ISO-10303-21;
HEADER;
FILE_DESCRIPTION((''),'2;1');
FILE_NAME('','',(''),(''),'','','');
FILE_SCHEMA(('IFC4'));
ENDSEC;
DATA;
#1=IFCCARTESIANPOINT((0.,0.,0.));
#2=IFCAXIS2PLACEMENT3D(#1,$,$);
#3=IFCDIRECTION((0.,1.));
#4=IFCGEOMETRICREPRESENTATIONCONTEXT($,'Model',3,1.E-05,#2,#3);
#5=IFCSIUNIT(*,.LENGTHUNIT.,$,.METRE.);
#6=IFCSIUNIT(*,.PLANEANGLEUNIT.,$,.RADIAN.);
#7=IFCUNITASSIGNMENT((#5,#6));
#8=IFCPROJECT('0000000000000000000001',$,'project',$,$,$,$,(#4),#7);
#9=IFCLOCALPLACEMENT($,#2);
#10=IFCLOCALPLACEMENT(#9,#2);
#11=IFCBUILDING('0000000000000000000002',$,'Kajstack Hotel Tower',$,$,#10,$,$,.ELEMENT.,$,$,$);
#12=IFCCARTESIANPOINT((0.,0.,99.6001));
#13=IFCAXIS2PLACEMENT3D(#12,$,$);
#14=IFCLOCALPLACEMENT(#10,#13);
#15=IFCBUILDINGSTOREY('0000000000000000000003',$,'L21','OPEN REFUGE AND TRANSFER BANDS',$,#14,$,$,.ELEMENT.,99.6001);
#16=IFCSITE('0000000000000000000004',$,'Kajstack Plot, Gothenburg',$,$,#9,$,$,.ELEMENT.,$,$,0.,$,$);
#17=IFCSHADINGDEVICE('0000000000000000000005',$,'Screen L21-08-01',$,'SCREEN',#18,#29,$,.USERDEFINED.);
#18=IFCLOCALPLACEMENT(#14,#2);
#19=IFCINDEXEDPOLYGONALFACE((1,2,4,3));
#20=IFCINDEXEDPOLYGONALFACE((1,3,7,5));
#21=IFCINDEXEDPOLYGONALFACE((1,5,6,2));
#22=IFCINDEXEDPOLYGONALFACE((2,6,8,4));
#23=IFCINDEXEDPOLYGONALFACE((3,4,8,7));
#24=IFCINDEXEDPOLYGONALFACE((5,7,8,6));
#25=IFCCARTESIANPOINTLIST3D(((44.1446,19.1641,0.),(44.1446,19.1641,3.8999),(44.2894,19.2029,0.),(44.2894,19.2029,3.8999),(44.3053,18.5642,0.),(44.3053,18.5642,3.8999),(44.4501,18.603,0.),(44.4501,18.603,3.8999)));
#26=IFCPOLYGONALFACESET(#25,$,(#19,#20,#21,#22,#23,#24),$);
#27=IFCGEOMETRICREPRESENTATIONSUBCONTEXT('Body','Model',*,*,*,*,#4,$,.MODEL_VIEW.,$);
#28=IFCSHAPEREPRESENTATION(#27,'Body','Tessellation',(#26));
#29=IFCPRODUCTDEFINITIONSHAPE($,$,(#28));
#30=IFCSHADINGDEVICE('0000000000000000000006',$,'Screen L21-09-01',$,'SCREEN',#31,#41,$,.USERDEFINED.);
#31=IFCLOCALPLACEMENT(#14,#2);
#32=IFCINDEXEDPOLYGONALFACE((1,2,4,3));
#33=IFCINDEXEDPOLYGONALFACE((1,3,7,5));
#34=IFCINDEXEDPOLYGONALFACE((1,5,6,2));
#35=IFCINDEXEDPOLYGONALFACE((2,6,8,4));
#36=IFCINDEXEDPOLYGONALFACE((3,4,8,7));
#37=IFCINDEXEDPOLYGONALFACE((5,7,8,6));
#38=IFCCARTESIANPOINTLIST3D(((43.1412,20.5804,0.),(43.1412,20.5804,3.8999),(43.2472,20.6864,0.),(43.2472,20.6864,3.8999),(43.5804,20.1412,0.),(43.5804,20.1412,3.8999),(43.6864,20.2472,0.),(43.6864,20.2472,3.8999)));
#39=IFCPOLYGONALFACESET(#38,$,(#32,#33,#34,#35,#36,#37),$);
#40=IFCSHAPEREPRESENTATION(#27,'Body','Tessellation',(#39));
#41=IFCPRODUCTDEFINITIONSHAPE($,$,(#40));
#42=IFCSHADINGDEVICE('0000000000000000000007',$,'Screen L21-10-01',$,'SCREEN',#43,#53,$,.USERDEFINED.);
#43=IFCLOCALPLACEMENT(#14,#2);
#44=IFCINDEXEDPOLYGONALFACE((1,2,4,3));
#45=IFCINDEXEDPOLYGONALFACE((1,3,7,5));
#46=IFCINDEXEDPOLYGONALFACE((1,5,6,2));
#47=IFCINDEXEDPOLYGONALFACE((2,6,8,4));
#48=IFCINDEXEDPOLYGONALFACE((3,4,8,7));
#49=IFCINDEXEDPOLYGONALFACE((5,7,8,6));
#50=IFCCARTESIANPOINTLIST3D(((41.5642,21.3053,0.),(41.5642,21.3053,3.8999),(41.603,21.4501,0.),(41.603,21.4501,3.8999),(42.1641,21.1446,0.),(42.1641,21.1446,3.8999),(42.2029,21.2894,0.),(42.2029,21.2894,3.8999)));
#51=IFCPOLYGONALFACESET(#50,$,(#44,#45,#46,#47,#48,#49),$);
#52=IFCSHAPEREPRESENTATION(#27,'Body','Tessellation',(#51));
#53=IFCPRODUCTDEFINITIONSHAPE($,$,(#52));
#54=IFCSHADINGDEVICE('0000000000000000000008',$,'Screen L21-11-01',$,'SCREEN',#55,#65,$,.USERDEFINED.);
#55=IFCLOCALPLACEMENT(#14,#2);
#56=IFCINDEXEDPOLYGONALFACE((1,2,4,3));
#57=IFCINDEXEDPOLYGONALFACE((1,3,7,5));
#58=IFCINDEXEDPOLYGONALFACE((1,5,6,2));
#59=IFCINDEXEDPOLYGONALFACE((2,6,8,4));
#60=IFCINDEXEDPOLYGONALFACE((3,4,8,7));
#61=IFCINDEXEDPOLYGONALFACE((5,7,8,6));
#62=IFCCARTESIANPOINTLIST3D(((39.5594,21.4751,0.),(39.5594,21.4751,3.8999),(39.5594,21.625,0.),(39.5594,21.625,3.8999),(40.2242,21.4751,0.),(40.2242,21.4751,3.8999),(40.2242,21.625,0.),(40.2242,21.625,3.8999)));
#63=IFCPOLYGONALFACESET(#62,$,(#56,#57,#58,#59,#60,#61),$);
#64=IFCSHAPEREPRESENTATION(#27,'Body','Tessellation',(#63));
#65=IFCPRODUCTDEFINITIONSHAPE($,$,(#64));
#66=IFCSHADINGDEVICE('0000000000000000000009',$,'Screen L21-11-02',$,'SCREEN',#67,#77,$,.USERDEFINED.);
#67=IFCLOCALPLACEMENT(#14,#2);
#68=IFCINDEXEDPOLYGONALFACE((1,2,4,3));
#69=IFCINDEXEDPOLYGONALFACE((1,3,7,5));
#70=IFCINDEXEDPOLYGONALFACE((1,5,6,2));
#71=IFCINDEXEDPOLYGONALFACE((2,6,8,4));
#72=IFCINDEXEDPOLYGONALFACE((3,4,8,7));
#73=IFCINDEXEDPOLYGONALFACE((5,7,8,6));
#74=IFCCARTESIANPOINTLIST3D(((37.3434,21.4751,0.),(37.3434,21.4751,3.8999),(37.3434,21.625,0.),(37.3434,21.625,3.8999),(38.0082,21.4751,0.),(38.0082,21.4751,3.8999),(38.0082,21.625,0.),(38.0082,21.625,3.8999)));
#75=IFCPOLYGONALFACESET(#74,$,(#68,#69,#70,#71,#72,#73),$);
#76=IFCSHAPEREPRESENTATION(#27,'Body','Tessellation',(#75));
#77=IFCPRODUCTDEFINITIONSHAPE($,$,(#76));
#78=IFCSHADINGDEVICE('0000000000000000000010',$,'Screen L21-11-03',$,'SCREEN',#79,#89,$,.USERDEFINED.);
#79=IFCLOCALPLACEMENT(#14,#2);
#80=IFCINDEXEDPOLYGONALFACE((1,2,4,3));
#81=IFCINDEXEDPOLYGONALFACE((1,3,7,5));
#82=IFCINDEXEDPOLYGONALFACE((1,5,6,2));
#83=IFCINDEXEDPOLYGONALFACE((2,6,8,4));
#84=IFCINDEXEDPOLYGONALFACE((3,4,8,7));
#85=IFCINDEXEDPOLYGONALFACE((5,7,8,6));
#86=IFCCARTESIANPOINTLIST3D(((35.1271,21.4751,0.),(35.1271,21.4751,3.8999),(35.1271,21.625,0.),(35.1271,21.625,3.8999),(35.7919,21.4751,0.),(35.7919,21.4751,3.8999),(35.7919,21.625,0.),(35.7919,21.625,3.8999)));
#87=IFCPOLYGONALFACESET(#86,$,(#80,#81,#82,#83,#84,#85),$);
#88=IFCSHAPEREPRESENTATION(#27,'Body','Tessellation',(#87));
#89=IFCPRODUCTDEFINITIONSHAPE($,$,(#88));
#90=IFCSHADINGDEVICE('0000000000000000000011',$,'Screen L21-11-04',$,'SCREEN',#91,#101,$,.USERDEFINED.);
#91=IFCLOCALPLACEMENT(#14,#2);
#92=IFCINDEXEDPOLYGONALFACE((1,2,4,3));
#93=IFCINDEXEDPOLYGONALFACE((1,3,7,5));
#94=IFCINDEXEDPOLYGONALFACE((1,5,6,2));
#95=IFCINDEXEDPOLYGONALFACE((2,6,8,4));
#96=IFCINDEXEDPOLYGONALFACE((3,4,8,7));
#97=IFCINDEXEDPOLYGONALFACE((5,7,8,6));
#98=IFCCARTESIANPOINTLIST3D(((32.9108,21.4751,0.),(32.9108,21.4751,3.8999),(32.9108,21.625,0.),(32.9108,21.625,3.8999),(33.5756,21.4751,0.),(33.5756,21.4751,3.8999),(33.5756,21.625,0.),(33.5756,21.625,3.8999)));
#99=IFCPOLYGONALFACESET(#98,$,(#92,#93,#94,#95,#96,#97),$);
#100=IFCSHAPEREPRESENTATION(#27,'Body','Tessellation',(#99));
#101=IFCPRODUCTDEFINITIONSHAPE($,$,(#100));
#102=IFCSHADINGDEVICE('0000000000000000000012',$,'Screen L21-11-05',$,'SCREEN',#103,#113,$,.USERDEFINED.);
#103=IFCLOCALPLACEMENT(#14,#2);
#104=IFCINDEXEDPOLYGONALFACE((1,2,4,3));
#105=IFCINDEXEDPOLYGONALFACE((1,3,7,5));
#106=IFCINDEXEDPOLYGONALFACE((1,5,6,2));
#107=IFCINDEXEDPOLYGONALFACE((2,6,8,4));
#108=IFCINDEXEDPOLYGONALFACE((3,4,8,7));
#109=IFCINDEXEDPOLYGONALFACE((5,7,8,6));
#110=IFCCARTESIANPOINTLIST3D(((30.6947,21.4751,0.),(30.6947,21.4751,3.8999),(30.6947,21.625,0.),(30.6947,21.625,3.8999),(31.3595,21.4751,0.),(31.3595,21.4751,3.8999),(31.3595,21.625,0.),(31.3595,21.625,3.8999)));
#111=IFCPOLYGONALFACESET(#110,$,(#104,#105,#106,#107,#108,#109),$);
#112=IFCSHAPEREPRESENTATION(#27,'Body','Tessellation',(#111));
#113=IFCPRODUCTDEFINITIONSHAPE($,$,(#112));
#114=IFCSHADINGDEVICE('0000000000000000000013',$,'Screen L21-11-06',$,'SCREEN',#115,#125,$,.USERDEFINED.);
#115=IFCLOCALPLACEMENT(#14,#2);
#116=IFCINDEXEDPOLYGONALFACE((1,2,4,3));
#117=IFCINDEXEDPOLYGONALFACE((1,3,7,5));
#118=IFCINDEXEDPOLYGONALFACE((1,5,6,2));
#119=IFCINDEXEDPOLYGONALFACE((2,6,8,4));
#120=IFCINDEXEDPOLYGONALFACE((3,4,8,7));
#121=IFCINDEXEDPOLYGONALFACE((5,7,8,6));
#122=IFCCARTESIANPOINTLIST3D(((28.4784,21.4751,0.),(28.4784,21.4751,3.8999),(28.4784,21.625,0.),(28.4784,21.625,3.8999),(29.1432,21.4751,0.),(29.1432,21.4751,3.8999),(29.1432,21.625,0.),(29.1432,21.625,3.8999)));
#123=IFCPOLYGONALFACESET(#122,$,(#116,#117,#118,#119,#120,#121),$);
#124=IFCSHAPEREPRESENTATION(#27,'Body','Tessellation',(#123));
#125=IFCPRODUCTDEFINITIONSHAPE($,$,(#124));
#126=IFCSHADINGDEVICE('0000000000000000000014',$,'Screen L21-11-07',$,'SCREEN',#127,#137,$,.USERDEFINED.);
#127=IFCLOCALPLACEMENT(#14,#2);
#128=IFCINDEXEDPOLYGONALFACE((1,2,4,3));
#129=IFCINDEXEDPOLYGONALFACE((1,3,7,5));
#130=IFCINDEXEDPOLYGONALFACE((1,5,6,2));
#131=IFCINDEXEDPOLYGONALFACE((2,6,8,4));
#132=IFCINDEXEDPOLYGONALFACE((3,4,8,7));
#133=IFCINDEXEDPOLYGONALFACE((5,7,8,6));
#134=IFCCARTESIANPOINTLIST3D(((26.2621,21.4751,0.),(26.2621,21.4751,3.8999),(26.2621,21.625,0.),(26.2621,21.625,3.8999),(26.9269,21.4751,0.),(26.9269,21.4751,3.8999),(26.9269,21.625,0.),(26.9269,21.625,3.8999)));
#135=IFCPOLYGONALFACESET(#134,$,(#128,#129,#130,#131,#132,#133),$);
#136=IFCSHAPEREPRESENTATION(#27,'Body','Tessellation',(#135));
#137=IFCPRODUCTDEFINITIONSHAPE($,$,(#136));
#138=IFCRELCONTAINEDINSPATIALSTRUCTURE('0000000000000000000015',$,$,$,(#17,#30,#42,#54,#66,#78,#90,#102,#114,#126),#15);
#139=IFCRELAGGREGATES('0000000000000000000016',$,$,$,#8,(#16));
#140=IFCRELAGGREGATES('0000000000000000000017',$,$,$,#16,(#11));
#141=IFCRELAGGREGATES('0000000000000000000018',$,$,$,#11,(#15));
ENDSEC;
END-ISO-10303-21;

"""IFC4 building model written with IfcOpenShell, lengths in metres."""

from ifc_helpers import new_model, si_unit, direction, frame, origin, origin_2d, place, context, subcontext, project, spatial, rectangle, extrude, element, save


model = new_model("IFC4")

# Units and contexts
model_context = context("Model", 3, precision=1e-05, world=origin(), true_north=direction((0.0, 1.0)))
body_context = subcontext(model_context, "Body", "Model", "MODEL_VIEW")
ifc_project = project(units=[si_unit("LENGTHUNIT", "METRE"), si_unit("PLANEANGLEUNIT", "RADIAN")], contexts=[model_context])

# Site, building, storey
site_placement = place(None, origin())
site = spatial("IfcSite", under=ifc_project, at=site_placement, Name="Kajstack Plot, Gothenburg", CompositionType="ELEMENT", RefElevation=0.0)
building_placement = place(site_placement, origin())
building = spatial("IfcBuilding", under=site, at=building_placement, Name="Kajstack Hotel Tower", CompositionType="ELEMENT")
storey_placement = place(building_placement, frame((0.0, 0.0, 99.6001)))
storey = spatial("IfcBuildingStorey", under=building, at=storey_placement, Name="L21", Description="OPEN REFUGE AND TRANSFER BANDS", CompositionType="ELEMENT", Elevation=99.6001)

# Shading devices
for number, where, z_axis, x_axis, name in (
    (1, (44.2974, 18.8835, 0.0), (0.0, 0.0, 1.0), (-0.25882, 0.965926, 0.0), "Screen L21-08-01"),
    (2, (43.4138, 20.4138, 0.0), (0.0, 0.0, 1.0), (-0.707107, 0.707107, 0.0), "Screen L21-09-01"),
    (3, (41.8835, 21.2974, 0.0), (0.0, 0.0, 1.0), (-0.965926, 0.25882, 0.0), "Screen L21-10-01"),
):
    element("IfcShadingDevice", number, at=place(storey_placement, frame(where, z_axis=z_axis, x_axis=x_axis)), inside=storey, Name=name, ObjectType="SCREEN", PredefinedType="USERDEFINED", context=body_context, shape_type="SweptSolid", body=[
        extrude(rectangle(XDim=0.6211, YDim=0.1499, at=origin_2d()), origin(), (0.0, 0.0, 1.0), 3.8999),
    ])
for number, where, z_axis, x_axis, name in (
    (4, (39.8918, 21.55, 0.0), (0.0, 0.0, 1.0), (-1.0, 0.0, 0.0), "Screen L21-11-01"),
    (5, (37.6758, 21.55, 0.0), (0.0, 0.0, 1.0), (-1.0, 0.0, 0.0), "Screen L21-11-02"),
    (6, (35.4595, 21.55, 0.0), (0.0, 0.0, 1.0), (-1.0, 0.0, 0.0), "Screen L21-11-03"),
    (7, (33.2432, 21.55, 0.0), (0.0, 0.0, 1.0), (-1.0, 0.0, 0.0), "Screen L21-11-04"),
    (8, (31.0271, 21.55, 0.0), (0.0, 0.0, 1.0), (-1.0, 0.0, 0.0), "Screen L21-11-05"),
    (9, (28.8108, 21.55, 0.0), (0.0, 0.0, 1.0), (-1.0, 0.0, 0.0), "Screen L21-11-06"),
    (10, (26.5945, 21.55, 0.0), (0.0, 0.0, 1.0), (-1.0, 0.0, 0.0), "Screen L21-11-07"),
):
    element("IfcShadingDevice", number, at=place(storey_placement, frame(where, z_axis=z_axis, x_axis=x_axis)), inside=storey, Name=name, ObjectType="SCREEN", PredefinedType="USERDEFINED", context=body_context, shape_type="SweptSolid", body=[
        extrude(rectangle(XDim=0.6648, YDim=0.1499, at=origin_2d()), origin(), (0.0, 0.0, 1.0), 3.8999),
    ])

save(model, "model.ifc")
